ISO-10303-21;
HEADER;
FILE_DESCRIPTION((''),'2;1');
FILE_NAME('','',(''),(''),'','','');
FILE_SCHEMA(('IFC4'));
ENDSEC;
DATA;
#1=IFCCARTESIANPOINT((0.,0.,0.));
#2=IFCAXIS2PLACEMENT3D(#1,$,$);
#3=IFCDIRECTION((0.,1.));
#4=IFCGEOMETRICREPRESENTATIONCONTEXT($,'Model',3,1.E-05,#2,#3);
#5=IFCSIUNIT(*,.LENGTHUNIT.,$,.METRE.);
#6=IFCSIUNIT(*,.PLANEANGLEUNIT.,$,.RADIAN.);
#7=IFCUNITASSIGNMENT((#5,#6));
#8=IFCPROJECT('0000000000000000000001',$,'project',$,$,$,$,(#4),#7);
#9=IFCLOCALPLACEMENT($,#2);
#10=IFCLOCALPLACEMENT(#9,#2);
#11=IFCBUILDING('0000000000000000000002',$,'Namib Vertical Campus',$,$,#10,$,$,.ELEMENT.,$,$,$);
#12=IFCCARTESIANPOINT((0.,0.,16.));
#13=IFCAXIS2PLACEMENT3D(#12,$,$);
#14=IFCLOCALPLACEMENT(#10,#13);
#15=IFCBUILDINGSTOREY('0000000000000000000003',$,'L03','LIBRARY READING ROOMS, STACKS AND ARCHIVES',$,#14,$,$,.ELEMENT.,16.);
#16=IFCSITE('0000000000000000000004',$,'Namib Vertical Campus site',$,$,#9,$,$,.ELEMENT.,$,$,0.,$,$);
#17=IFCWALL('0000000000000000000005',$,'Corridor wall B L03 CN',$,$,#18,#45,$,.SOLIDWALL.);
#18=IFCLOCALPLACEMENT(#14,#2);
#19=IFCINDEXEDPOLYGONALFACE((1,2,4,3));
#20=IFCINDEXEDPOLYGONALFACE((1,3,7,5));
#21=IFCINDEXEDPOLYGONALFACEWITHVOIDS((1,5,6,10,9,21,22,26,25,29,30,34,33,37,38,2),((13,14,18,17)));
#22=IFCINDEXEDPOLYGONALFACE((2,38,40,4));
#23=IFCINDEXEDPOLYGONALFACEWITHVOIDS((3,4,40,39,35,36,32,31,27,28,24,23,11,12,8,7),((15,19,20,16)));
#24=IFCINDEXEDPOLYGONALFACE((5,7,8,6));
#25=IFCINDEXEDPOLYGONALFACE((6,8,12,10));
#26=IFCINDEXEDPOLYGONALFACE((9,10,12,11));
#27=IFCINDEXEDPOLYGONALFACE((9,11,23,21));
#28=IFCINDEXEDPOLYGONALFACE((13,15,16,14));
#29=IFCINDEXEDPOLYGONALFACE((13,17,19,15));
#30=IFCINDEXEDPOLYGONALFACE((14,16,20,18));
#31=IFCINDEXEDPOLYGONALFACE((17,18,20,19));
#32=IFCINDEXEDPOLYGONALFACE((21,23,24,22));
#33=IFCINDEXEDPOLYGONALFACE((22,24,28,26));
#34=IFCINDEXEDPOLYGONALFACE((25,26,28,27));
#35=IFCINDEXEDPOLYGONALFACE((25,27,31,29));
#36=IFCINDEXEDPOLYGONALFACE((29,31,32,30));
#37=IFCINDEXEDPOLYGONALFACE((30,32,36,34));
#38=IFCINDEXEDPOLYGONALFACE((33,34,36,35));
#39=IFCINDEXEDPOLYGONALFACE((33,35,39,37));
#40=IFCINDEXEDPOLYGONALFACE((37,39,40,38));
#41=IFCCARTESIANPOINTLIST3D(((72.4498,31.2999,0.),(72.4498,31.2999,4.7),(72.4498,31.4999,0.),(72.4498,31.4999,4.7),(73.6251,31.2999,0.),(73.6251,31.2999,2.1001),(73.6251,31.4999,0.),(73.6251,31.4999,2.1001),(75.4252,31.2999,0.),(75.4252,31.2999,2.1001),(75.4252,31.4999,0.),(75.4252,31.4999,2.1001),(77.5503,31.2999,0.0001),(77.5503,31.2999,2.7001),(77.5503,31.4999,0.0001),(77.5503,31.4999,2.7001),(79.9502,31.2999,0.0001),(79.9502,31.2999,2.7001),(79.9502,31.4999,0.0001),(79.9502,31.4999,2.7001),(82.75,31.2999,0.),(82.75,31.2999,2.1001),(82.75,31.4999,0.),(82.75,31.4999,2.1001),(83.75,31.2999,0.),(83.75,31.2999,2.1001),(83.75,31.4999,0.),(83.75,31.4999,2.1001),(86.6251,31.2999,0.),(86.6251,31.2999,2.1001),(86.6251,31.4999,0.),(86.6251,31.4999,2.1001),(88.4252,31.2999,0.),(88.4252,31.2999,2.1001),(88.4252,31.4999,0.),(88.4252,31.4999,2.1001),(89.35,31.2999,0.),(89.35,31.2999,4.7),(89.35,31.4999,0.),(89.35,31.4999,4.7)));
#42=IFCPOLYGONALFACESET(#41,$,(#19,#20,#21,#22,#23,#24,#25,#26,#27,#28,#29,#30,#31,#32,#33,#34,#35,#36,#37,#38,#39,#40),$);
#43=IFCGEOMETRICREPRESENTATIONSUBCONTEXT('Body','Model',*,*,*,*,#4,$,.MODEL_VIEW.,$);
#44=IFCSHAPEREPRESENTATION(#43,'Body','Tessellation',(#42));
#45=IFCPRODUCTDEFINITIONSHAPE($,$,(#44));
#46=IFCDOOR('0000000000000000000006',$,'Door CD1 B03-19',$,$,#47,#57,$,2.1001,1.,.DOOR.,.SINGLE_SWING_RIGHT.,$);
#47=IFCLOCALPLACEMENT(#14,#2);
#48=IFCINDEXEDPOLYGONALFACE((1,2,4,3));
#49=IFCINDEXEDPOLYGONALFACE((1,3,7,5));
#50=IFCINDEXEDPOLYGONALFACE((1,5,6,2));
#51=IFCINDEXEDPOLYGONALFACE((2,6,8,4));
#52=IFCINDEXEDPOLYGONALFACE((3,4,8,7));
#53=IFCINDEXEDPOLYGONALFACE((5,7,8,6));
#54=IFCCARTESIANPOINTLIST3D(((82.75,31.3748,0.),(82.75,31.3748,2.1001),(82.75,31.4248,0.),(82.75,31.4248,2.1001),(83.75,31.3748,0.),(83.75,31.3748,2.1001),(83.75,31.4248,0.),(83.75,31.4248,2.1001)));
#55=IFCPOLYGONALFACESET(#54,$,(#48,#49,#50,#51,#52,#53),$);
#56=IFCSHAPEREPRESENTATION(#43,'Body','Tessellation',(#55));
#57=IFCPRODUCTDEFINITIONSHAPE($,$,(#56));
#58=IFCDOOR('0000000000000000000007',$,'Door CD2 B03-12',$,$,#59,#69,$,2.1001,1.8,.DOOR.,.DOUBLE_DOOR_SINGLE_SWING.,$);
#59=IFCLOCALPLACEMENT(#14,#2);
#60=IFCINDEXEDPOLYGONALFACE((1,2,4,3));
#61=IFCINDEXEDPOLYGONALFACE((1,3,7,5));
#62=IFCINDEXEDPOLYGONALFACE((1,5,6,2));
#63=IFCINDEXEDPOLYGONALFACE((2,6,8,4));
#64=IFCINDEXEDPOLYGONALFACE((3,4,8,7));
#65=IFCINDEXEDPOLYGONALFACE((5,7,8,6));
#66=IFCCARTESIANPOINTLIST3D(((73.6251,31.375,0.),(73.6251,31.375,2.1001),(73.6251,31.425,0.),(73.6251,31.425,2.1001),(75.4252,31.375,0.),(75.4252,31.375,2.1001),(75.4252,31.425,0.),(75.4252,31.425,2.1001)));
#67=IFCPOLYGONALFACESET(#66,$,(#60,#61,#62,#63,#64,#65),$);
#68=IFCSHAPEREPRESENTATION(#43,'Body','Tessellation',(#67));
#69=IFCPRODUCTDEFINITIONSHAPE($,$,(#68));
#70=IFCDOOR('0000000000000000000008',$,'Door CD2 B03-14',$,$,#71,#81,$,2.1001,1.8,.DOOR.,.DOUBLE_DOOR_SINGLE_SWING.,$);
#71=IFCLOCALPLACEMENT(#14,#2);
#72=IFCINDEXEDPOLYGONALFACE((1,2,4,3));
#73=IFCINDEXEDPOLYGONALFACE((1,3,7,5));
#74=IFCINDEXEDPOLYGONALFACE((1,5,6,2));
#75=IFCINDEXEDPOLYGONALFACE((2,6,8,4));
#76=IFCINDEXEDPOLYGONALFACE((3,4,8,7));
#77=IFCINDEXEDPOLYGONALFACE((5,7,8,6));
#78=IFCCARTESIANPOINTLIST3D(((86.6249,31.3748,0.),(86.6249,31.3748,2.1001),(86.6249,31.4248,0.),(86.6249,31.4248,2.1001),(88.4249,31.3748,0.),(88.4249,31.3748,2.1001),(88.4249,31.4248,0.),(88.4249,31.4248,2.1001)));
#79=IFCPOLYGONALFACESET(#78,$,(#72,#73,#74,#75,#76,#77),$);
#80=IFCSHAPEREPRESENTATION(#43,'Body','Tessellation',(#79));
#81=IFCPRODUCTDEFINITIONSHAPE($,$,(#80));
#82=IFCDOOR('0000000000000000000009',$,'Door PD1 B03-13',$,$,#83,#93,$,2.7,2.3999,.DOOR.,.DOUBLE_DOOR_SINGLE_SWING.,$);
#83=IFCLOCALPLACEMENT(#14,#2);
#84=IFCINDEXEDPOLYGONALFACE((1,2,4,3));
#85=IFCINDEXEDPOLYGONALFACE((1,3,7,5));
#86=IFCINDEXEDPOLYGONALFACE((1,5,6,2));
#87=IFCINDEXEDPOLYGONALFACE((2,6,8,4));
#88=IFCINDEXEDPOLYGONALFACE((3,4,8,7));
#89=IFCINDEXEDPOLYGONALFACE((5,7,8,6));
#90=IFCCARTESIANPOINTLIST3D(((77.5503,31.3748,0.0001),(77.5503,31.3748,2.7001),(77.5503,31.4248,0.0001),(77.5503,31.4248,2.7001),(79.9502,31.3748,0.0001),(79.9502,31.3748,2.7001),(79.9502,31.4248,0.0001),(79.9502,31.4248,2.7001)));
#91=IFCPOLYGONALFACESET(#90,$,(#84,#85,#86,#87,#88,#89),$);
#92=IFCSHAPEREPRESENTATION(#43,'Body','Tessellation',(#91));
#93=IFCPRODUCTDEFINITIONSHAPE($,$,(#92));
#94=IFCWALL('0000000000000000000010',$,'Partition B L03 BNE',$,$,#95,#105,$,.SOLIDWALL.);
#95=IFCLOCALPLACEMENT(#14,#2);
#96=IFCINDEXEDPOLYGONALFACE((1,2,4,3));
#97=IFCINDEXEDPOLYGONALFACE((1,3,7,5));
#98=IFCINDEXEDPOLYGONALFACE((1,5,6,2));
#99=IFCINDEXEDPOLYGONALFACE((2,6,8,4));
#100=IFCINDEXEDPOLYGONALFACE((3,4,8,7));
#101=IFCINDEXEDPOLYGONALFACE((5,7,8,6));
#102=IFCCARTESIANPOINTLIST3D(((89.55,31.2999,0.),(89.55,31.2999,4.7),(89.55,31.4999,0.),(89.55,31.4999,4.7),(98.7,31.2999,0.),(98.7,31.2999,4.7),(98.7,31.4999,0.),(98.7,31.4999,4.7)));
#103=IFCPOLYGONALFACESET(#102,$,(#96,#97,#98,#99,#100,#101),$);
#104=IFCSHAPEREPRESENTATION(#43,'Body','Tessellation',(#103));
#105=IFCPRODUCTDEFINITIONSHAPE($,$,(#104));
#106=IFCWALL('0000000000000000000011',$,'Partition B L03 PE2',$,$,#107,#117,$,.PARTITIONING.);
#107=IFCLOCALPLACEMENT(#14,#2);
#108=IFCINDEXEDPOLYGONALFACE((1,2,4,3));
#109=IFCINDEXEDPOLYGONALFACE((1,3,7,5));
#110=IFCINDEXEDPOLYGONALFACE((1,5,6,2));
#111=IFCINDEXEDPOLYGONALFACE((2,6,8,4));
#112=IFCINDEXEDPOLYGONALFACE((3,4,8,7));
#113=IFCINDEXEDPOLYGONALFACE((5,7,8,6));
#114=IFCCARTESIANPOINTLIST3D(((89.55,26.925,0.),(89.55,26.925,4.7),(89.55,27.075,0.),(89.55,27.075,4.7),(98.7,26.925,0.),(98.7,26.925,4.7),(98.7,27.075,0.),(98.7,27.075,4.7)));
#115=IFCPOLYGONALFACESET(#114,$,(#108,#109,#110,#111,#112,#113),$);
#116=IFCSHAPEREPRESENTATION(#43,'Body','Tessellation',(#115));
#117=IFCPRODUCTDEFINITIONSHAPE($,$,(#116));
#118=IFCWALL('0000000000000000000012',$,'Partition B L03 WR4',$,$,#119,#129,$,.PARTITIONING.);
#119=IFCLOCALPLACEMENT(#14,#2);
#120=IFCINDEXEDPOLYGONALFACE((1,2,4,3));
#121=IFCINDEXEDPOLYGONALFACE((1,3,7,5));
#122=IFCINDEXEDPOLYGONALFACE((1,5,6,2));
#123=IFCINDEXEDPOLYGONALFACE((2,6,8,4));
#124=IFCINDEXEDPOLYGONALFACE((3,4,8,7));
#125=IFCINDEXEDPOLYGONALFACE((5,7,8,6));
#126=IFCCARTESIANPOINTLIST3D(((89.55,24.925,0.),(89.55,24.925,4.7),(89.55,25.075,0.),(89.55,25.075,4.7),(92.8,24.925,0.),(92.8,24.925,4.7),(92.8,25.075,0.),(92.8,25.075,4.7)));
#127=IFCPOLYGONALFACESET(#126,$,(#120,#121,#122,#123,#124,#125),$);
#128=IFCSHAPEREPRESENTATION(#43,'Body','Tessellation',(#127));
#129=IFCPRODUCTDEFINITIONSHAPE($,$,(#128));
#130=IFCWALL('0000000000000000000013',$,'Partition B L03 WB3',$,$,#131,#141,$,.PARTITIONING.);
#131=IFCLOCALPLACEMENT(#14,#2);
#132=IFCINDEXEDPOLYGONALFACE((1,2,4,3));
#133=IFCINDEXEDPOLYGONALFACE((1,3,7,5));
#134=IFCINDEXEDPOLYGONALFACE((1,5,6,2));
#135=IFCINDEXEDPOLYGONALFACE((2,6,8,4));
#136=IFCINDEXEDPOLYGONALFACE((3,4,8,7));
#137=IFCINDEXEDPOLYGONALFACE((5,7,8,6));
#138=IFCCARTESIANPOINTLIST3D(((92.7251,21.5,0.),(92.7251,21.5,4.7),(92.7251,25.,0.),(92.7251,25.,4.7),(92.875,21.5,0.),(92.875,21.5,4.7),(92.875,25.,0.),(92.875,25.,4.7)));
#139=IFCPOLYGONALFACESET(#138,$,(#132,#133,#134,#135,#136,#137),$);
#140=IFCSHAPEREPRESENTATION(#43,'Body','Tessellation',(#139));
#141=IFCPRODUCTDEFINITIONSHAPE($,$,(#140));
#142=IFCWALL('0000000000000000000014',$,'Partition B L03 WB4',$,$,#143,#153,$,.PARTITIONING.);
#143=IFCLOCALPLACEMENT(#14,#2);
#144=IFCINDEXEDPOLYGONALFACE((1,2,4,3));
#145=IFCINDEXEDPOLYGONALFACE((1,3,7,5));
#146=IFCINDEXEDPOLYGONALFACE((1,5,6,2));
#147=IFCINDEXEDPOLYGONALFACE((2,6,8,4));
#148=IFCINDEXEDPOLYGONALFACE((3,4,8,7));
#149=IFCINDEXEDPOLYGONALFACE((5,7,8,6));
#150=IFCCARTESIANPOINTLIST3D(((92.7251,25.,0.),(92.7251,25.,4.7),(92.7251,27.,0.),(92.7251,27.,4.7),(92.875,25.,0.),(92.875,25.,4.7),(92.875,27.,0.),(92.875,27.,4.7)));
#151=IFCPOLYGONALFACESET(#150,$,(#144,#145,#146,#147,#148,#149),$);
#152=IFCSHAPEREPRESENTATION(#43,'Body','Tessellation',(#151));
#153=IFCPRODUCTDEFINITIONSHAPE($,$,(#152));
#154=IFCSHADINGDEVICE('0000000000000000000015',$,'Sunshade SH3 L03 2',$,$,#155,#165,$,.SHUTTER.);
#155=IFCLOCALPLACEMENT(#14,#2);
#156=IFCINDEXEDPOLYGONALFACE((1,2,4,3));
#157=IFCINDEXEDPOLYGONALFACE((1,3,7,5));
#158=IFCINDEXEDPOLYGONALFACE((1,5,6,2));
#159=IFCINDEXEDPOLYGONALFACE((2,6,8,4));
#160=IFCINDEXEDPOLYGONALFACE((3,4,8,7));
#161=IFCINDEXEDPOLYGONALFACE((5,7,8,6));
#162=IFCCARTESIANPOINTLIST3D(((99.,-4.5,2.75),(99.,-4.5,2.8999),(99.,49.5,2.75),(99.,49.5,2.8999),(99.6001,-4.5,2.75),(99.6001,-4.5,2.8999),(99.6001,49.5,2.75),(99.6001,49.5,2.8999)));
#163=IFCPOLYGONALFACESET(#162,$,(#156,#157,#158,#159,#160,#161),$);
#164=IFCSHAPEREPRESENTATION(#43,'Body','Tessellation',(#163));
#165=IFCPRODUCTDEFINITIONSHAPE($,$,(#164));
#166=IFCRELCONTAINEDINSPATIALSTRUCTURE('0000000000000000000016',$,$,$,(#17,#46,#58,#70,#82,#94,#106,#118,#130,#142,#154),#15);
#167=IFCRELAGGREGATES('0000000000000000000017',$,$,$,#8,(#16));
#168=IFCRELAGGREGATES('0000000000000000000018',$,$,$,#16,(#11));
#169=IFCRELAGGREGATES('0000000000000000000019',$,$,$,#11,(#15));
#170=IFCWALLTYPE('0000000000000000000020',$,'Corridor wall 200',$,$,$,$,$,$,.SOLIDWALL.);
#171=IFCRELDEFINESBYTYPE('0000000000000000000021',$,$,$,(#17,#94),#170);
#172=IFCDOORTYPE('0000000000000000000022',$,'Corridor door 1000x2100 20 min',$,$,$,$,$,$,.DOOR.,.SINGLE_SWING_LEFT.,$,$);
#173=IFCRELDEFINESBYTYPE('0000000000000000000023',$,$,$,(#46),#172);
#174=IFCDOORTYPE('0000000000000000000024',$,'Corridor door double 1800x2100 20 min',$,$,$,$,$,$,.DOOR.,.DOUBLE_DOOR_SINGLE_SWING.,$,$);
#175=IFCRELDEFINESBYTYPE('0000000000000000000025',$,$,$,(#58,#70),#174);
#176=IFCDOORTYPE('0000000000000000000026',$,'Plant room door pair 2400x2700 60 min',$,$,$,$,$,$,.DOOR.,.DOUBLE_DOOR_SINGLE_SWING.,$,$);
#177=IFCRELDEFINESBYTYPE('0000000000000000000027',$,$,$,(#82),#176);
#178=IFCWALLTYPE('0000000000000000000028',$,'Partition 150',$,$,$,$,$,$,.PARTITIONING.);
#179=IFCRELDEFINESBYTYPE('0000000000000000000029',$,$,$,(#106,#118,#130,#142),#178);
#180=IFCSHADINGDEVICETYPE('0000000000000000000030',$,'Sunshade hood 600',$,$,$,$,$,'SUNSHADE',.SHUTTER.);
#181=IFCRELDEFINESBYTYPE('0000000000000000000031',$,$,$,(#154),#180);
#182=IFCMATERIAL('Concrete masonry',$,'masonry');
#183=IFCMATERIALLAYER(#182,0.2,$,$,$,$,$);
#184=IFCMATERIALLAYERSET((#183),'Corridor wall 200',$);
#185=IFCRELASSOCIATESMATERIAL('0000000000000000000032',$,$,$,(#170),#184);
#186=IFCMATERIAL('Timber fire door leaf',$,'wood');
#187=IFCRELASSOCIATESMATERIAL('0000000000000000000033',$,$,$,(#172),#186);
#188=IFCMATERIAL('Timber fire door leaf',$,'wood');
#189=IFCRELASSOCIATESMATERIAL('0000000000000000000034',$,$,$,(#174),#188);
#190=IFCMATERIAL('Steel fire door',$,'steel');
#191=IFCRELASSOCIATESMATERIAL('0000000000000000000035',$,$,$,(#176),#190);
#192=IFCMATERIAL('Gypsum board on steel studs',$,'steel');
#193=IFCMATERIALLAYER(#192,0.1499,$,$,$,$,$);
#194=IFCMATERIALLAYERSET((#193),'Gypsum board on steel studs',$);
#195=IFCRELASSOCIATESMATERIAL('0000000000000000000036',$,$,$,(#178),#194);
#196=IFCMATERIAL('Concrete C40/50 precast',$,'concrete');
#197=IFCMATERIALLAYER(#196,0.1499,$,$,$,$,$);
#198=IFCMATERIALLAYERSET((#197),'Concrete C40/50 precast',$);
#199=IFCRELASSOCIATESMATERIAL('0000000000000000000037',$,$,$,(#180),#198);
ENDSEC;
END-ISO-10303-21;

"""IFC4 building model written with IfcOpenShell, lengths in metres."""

from ifc_helpers import new_model, si_unit, direction, frame, frame_2d, origin, origin_2d, place, context, subcontext, project, spatial, rectangle, extrude, material, layer, layer_set, type_object, element, fill, save


model = new_model("IFC4")

# Units and contexts
model_context = context("Model", 3, precision=1e-05, world=origin(), true_north=direction((0.0, 1.0)))
body_context = subcontext(model_context, "Body", "Model", "MODEL_VIEW")
ifc_project = project(units=[si_unit("LENGTHUNIT", "METRE"), si_unit("PLANEANGLEUNIT", "RADIAN")], contexts=[model_context])

# Site, building, storey
site_placement = place(None, origin())
site = spatial("IfcSite", under=ifc_project, at=site_placement, Name="Namib Vertical Campus site", CompositionType="ELEMENT", RefElevation=0.0)
building_placement = place(site_placement, origin())
building = spatial("IfcBuilding", under=site, at=building_placement, Name="Namib Vertical Campus", CompositionType="ELEMENT")
storey_placement = place(building_placement, frame((0.0, 0.0, 16.0)))
storey = spatial("IfcBuildingStorey", under=building, at=storey_placement, Name="L03", Description="LIBRARY READING ROOMS, STACKS AND ARCHIVES", CompositionType="ELEMENT", Elevation=16.0)

# Wall, openings, doors
ifc_material_1 = material(Name="Concrete masonry", Category="masonry")
ifc_layer_1 = layer(ifc_material_1, 0.2)
ifc_layer_set_1 = layer_set([ifc_layer_1], Name="Corridor wall 200")
wall_type_1 = type_object("IfcWallType", Name="Corridor wall 200", PredefinedType="SOLIDWALL", material=ifc_layer_set_1)
wall_1_placement = place(storey_placement, frame((89.3501, 31.3999, 0.0), z_axis=(0.0, 0.0, 1.0), x_axis=(-1.0, 0.0, 0.0)))
wall_1 = element("IfcWall", 1, at=wall_1_placement, inside=storey, type_object=wall_type_1, Name="Corridor wall B L03 CN", PredefinedType="SOLIDWALL", context=body_context, shape_type="SweptSolid", body=[
    extrude(rectangle(XDim=16.9001, YDim=0.2, at=frame_2d((8.4502, 0.0))), origin(), (0.0, 0.0, 1.0), 4.7),
])
opening_1_placement = place(wall_1_placement, frame((13.925, 0.0, 0.0)))
opening_1 = element("IfcOpeningElement", 2, at=opening_1_placement, cuts=wall_1, PredefinedType="OPENING", context=body_context, shape_type="SweptSolid", body=[
    extrude(rectangle(XDim=1.8, YDim=2.1001, at=frame_2d((0.8999, 1.05))), frame((0.0, 0.1099, 0.0), z_axis=(0.0, -1.0, 0.0), x_axis=(1.0, 0.0, 0.0)), (0.0, 0.0, 1.0), 0.22),
])
opening_2_placement = place(wall_1_placement, frame((9.3999, 0.0, 0.0)))
opening_2 = element("IfcOpeningElement", 3, at=opening_2_placement, cuts=wall_1, PredefinedType="OPENING", context=body_context, shape_type="SweptSolid", body=[
    extrude(rectangle(XDim=2.3999, YDim=2.7, at=frame_2d((1.2, 1.3501))), frame((0.0, 0.1099, 0.0), z_axis=(0.0, -1.0, 0.0), x_axis=(1.0, 0.0, 0.0)), (0.0, 0.0, 1.0), 0.22),
])
opening_3_placement = place(wall_1_placement, frame((0.925, 0.0, 0.0)))
opening_3 = element("IfcOpeningElement", 4, at=opening_3_placement, cuts=wall_1, PredefinedType="OPENING", context=body_context, shape_type="SweptSolid", body=[
    extrude(rectangle(XDim=1.8, YDim=2.1001, at=frame_2d((0.8999, 1.05))), frame((0.0, 0.1099, 0.0), z_axis=(0.0, -1.0, 0.0), x_axis=(1.0, 0.0, 0.0)), (0.0, 0.0, 1.0), 0.22),
])
opening_4_placement = place(wall_1_placement, frame((5.6001, 0.0, 0.0)))
opening_4 = element("IfcOpeningElement", 5, at=opening_4_placement, cuts=wall_1, PredefinedType="OPENING", context=body_context, shape_type="SweptSolid", body=[
    extrude(rectangle(XDim=1.0, YDim=2.1001, at=frame_2d((0.5, 1.05))), frame((0.0, 0.1099, 0.0), z_axis=(0.0, -1.0, 0.0), x_axis=(1.0, 0.0, 0.0)), (0.0, 0.0, 1.0), 0.22),
])
ifc_material_2 = material(Name="Timber fire door leaf", Category="wood")
door_type_1 = type_object("IfcDoorType", Name="Corridor door 1000x2100 20 min", OperationType="SINGLE_SWING_LEFT", PredefinedType="DOOR", material=ifc_material_2)
door_1_placement = place(opening_4_placement, frame((1.0, 0.0, 0.0), z_axis=(0.0, 0.0, 1.0), x_axis=(-1.0, 0.0, 0.0)))
door_1 = element("IfcDoor", 6, at=door_1_placement, inside=storey, type_object=door_type_1, Name="Door CD1 B03-19", OperationType="SINGLE_SWING_RIGHT", OverallHeight=2.1001, OverallWidth=1.0, PredefinedType="DOOR", context=body_context, shape_type="SweptSolid", body=[
    extrude(rectangle(XDim=1.0, YDim=2.1001, at=frame_2d((0.5, 1.05))), frame((0.0, 0.0249, 0.0), z_axis=(0.0, -1.0, 0.0), x_axis=(1.0, 0.0, 0.0)), (0.0, 0.0, 1.0), 0.05),
])
fill(opening_4, door_1)
ifc_material_3 = material(Name="Timber fire door leaf", Category="wood")
door_type_2 = type_object("IfcDoorType", Name="Corridor door double 1800x2100 20 min", OperationType="DOUBLE_DOOR_SINGLE_SWING", PredefinedType="DOOR", material=ifc_material_3)
door_2_placement = place(opening_1_placement, origin())
door_2 = element("IfcDoor", 7, at=door_2_placement, inside=storey, type_object=door_type_2, Name="Door CD2 B03-12", OperationType="DOUBLE_DOOR_SINGLE_SWING", OverallHeight=2.1001, OverallWidth=1.8, PredefinedType="DOOR", context=body_context, shape_type="SweptSolid", body=[
    extrude(rectangle(XDim=1.8, YDim=2.1001, at=frame_2d((0.8999, 1.05))), frame((0.0, 0.0249, 0.0), z_axis=(0.0, -1.0, 0.0), x_axis=(1.0, 0.0, 0.0)), (0.0, 0.0, 1.0), 0.05),
])
fill(opening_1, door_2)
door_3_placement = place(opening_3_placement, frame((1.8, 0.0, 0.0), z_axis=(0.0, 0.0, 1.0), x_axis=(-1.0, 0.0, 0.0)))
door_3 = element("IfcDoor", 8, at=door_3_placement, inside=storey, type_object=door_type_2, Name="Door CD2 B03-14", OperationType="DOUBLE_DOOR_SINGLE_SWING", OverallHeight=2.1001, OverallWidth=1.8, PredefinedType="DOOR", context=body_context, shape_type="SweptSolid", body=[
    extrude(rectangle(XDim=1.8, YDim=2.1001, at=frame_2d((0.8999, 1.05))), frame((0.0, 0.0249, 0.0), z_axis=(0.0, -1.0, 0.0), x_axis=(1.0, 0.0, 0.0)), (0.0, 0.0, 1.0), 0.05),
])
fill(opening_3, door_3)
ifc_material_4 = material(Name="Steel fire door", Category="steel")
door_type_3 = type_object("IfcDoorType", Name="Plant room door pair 2400x2700 60 min", OperationType="DOUBLE_DOOR_SINGLE_SWING", PredefinedType="DOOR", material=ifc_material_4)
door_4_placement = place(opening_2_placement, frame((2.3999, 0.0, 0.0), z_axis=(0.0, 0.0, 1.0), x_axis=(-1.0, 0.0, 0.0)))
door_4 = element("IfcDoor", 9, at=door_4_placement, inside=storey, type_object=door_type_3, Name="Door PD1 B03-13", OperationType="DOUBLE_DOOR_SINGLE_SWING", OverallHeight=2.7, OverallWidth=2.3999, PredefinedType="DOOR", context=body_context, shape_type="SweptSolid", body=[
    extrude(rectangle(XDim=2.3999, YDim=2.7, at=frame_2d((1.2, 1.3501))), frame((0.0, 0.0249, 0.0), z_axis=(0.0, -1.0, 0.0), x_axis=(1.0, 0.0, 0.0)), (0.0, 0.0, 1.0), 0.05),
])
fill(opening_2, door_4)

# Walls
wall_2_placement = place(storey_placement, frame((89.55, 31.3999, 0.0), z_axis=(0.0, 0.0, 1.0), x_axis=(1.0, 0.0, 0.0)))
element("IfcWall", 10, at=wall_2_placement, inside=storey, type_object=wall_type_1, Name="Partition B L03 BNE", PredefinedType="SOLIDWALL", context=body_context, shape_type="SweptSolid", body=[
    extrude(rectangle(XDim=9.1499, YDim=0.2, at=frame_2d((4.575, 0.0))), origin(), (0.0, 0.0, 1.0), 4.7),
])
ifc_material_5 = material(Name="Gypsum board on steel studs", Category="steel")
ifc_layer_2 = layer(ifc_material_5, 0.1499)
ifc_layer_set_2 = layer_set([ifc_layer_2], Name="Gypsum board on steel studs")
wall_type_2 = type_object("IfcWallType", Name="Partition 150", PredefinedType="PARTITIONING", material=ifc_layer_set_2)
wall_3_placement = place(storey_placement, frame((89.55, 27.0, 0.0), z_axis=(0.0, 0.0, 1.0), x_axis=(1.0, 0.0, 0.0)))
element("IfcWall", 11, at=wall_3_placement, inside=storey, type_object=wall_type_2, Name="Partition B L03 PE2", PredefinedType="PARTITIONING", context=body_context, shape_type="SweptSolid", body=[
    extrude(rectangle(XDim=9.1499, YDim=0.1499, at=frame_2d((4.575, 0.0))), origin(), (0.0, 0.0, 1.0), 4.7),
])
wall_4_placement = place(storey_placement, frame((89.55, 25.0, 0.0), z_axis=(0.0, 0.0, 1.0), x_axis=(1.0, 0.0, 0.0)))
element("IfcWall", 12, at=wall_4_placement, inside=storey, type_object=wall_type_2, Name="Partition B L03 WR4", PredefinedType="PARTITIONING", context=body_context, shape_type="SweptSolid", body=[
    extrude(rectangle(XDim=3.25, YDim=0.1499, at=frame_2d((1.625, 0.0))), origin(), (0.0, 0.0, 1.0), 4.7),
])
wall_5_placement = place(storey_placement, frame((92.8, 21.5, 0.0), z_axis=(0.0, 0.0, 1.0), x_axis=(0.0, 1.0, 0.0)))
element("IfcWall", 13, at=wall_5_placement, inside=storey, type_object=wall_type_2, Name="Partition B L03 WB3", PredefinedType="PARTITIONING", context=body_context, shape_type="SweptSolid", body=[
    extrude(rectangle(XDim=3.5, YDim=0.1499, at=frame_2d((1.75, 0.0))), origin(), (0.0, 0.0, 1.0), 4.7),
])
wall_6_placement = place(storey_placement, frame((92.8, 25.0, 0.0), z_axis=(0.0, 0.0, 1.0), x_axis=(0.0, 1.0, 0.0)))
element("IfcWall", 14, at=wall_6_placement, inside=storey, type_object=wall_type_2, Name="Partition B L03 WB4", PredefinedType="PARTITIONING", context=body_context, shape_type="SweptSolid", body=[
    extrude(rectangle(XDim=2.0, YDim=0.1499, at=frame_2d((1.0, 0.0))), origin(), (0.0, 0.0, 1.0), 4.7),
])

# Shading device
ifc_material_6 = material(Name="Concrete C40/50 precast", Category="concrete")
ifc_layer_3 = layer(ifc_material_6, 0.1499)
ifc_layer_set_3 = layer_set([ifc_layer_3], Name="Concrete C40/50 precast")
shading_device_type = type_object("IfcShadingDeviceType", Name="Sunshade hood 600", ElementType="SUNSHADE", PredefinedType="SHUTTER", material=ifc_layer_set_3)
shading_device_placement = place(storey_placement, frame((99.3, 22.5, 2.75), z_axis=(0.0, 0.0, 1.0), x_axis=(0.0, 1.0, 0.0)))
element("IfcShadingDevice", 15, at=shading_device_placement, inside=storey, type_object=shading_device_type, Name="Sunshade SH3 L03 2", PredefinedType="SHUTTER", context=body_context, shape_type="SweptSolid", body=[
    extrude(rectangle(XDim=54.0, YDim=0.6001, at=origin_2d()), origin(), (0.0, 0.0, 1.0), 0.1499),
])

save(model, "model.ifc")
